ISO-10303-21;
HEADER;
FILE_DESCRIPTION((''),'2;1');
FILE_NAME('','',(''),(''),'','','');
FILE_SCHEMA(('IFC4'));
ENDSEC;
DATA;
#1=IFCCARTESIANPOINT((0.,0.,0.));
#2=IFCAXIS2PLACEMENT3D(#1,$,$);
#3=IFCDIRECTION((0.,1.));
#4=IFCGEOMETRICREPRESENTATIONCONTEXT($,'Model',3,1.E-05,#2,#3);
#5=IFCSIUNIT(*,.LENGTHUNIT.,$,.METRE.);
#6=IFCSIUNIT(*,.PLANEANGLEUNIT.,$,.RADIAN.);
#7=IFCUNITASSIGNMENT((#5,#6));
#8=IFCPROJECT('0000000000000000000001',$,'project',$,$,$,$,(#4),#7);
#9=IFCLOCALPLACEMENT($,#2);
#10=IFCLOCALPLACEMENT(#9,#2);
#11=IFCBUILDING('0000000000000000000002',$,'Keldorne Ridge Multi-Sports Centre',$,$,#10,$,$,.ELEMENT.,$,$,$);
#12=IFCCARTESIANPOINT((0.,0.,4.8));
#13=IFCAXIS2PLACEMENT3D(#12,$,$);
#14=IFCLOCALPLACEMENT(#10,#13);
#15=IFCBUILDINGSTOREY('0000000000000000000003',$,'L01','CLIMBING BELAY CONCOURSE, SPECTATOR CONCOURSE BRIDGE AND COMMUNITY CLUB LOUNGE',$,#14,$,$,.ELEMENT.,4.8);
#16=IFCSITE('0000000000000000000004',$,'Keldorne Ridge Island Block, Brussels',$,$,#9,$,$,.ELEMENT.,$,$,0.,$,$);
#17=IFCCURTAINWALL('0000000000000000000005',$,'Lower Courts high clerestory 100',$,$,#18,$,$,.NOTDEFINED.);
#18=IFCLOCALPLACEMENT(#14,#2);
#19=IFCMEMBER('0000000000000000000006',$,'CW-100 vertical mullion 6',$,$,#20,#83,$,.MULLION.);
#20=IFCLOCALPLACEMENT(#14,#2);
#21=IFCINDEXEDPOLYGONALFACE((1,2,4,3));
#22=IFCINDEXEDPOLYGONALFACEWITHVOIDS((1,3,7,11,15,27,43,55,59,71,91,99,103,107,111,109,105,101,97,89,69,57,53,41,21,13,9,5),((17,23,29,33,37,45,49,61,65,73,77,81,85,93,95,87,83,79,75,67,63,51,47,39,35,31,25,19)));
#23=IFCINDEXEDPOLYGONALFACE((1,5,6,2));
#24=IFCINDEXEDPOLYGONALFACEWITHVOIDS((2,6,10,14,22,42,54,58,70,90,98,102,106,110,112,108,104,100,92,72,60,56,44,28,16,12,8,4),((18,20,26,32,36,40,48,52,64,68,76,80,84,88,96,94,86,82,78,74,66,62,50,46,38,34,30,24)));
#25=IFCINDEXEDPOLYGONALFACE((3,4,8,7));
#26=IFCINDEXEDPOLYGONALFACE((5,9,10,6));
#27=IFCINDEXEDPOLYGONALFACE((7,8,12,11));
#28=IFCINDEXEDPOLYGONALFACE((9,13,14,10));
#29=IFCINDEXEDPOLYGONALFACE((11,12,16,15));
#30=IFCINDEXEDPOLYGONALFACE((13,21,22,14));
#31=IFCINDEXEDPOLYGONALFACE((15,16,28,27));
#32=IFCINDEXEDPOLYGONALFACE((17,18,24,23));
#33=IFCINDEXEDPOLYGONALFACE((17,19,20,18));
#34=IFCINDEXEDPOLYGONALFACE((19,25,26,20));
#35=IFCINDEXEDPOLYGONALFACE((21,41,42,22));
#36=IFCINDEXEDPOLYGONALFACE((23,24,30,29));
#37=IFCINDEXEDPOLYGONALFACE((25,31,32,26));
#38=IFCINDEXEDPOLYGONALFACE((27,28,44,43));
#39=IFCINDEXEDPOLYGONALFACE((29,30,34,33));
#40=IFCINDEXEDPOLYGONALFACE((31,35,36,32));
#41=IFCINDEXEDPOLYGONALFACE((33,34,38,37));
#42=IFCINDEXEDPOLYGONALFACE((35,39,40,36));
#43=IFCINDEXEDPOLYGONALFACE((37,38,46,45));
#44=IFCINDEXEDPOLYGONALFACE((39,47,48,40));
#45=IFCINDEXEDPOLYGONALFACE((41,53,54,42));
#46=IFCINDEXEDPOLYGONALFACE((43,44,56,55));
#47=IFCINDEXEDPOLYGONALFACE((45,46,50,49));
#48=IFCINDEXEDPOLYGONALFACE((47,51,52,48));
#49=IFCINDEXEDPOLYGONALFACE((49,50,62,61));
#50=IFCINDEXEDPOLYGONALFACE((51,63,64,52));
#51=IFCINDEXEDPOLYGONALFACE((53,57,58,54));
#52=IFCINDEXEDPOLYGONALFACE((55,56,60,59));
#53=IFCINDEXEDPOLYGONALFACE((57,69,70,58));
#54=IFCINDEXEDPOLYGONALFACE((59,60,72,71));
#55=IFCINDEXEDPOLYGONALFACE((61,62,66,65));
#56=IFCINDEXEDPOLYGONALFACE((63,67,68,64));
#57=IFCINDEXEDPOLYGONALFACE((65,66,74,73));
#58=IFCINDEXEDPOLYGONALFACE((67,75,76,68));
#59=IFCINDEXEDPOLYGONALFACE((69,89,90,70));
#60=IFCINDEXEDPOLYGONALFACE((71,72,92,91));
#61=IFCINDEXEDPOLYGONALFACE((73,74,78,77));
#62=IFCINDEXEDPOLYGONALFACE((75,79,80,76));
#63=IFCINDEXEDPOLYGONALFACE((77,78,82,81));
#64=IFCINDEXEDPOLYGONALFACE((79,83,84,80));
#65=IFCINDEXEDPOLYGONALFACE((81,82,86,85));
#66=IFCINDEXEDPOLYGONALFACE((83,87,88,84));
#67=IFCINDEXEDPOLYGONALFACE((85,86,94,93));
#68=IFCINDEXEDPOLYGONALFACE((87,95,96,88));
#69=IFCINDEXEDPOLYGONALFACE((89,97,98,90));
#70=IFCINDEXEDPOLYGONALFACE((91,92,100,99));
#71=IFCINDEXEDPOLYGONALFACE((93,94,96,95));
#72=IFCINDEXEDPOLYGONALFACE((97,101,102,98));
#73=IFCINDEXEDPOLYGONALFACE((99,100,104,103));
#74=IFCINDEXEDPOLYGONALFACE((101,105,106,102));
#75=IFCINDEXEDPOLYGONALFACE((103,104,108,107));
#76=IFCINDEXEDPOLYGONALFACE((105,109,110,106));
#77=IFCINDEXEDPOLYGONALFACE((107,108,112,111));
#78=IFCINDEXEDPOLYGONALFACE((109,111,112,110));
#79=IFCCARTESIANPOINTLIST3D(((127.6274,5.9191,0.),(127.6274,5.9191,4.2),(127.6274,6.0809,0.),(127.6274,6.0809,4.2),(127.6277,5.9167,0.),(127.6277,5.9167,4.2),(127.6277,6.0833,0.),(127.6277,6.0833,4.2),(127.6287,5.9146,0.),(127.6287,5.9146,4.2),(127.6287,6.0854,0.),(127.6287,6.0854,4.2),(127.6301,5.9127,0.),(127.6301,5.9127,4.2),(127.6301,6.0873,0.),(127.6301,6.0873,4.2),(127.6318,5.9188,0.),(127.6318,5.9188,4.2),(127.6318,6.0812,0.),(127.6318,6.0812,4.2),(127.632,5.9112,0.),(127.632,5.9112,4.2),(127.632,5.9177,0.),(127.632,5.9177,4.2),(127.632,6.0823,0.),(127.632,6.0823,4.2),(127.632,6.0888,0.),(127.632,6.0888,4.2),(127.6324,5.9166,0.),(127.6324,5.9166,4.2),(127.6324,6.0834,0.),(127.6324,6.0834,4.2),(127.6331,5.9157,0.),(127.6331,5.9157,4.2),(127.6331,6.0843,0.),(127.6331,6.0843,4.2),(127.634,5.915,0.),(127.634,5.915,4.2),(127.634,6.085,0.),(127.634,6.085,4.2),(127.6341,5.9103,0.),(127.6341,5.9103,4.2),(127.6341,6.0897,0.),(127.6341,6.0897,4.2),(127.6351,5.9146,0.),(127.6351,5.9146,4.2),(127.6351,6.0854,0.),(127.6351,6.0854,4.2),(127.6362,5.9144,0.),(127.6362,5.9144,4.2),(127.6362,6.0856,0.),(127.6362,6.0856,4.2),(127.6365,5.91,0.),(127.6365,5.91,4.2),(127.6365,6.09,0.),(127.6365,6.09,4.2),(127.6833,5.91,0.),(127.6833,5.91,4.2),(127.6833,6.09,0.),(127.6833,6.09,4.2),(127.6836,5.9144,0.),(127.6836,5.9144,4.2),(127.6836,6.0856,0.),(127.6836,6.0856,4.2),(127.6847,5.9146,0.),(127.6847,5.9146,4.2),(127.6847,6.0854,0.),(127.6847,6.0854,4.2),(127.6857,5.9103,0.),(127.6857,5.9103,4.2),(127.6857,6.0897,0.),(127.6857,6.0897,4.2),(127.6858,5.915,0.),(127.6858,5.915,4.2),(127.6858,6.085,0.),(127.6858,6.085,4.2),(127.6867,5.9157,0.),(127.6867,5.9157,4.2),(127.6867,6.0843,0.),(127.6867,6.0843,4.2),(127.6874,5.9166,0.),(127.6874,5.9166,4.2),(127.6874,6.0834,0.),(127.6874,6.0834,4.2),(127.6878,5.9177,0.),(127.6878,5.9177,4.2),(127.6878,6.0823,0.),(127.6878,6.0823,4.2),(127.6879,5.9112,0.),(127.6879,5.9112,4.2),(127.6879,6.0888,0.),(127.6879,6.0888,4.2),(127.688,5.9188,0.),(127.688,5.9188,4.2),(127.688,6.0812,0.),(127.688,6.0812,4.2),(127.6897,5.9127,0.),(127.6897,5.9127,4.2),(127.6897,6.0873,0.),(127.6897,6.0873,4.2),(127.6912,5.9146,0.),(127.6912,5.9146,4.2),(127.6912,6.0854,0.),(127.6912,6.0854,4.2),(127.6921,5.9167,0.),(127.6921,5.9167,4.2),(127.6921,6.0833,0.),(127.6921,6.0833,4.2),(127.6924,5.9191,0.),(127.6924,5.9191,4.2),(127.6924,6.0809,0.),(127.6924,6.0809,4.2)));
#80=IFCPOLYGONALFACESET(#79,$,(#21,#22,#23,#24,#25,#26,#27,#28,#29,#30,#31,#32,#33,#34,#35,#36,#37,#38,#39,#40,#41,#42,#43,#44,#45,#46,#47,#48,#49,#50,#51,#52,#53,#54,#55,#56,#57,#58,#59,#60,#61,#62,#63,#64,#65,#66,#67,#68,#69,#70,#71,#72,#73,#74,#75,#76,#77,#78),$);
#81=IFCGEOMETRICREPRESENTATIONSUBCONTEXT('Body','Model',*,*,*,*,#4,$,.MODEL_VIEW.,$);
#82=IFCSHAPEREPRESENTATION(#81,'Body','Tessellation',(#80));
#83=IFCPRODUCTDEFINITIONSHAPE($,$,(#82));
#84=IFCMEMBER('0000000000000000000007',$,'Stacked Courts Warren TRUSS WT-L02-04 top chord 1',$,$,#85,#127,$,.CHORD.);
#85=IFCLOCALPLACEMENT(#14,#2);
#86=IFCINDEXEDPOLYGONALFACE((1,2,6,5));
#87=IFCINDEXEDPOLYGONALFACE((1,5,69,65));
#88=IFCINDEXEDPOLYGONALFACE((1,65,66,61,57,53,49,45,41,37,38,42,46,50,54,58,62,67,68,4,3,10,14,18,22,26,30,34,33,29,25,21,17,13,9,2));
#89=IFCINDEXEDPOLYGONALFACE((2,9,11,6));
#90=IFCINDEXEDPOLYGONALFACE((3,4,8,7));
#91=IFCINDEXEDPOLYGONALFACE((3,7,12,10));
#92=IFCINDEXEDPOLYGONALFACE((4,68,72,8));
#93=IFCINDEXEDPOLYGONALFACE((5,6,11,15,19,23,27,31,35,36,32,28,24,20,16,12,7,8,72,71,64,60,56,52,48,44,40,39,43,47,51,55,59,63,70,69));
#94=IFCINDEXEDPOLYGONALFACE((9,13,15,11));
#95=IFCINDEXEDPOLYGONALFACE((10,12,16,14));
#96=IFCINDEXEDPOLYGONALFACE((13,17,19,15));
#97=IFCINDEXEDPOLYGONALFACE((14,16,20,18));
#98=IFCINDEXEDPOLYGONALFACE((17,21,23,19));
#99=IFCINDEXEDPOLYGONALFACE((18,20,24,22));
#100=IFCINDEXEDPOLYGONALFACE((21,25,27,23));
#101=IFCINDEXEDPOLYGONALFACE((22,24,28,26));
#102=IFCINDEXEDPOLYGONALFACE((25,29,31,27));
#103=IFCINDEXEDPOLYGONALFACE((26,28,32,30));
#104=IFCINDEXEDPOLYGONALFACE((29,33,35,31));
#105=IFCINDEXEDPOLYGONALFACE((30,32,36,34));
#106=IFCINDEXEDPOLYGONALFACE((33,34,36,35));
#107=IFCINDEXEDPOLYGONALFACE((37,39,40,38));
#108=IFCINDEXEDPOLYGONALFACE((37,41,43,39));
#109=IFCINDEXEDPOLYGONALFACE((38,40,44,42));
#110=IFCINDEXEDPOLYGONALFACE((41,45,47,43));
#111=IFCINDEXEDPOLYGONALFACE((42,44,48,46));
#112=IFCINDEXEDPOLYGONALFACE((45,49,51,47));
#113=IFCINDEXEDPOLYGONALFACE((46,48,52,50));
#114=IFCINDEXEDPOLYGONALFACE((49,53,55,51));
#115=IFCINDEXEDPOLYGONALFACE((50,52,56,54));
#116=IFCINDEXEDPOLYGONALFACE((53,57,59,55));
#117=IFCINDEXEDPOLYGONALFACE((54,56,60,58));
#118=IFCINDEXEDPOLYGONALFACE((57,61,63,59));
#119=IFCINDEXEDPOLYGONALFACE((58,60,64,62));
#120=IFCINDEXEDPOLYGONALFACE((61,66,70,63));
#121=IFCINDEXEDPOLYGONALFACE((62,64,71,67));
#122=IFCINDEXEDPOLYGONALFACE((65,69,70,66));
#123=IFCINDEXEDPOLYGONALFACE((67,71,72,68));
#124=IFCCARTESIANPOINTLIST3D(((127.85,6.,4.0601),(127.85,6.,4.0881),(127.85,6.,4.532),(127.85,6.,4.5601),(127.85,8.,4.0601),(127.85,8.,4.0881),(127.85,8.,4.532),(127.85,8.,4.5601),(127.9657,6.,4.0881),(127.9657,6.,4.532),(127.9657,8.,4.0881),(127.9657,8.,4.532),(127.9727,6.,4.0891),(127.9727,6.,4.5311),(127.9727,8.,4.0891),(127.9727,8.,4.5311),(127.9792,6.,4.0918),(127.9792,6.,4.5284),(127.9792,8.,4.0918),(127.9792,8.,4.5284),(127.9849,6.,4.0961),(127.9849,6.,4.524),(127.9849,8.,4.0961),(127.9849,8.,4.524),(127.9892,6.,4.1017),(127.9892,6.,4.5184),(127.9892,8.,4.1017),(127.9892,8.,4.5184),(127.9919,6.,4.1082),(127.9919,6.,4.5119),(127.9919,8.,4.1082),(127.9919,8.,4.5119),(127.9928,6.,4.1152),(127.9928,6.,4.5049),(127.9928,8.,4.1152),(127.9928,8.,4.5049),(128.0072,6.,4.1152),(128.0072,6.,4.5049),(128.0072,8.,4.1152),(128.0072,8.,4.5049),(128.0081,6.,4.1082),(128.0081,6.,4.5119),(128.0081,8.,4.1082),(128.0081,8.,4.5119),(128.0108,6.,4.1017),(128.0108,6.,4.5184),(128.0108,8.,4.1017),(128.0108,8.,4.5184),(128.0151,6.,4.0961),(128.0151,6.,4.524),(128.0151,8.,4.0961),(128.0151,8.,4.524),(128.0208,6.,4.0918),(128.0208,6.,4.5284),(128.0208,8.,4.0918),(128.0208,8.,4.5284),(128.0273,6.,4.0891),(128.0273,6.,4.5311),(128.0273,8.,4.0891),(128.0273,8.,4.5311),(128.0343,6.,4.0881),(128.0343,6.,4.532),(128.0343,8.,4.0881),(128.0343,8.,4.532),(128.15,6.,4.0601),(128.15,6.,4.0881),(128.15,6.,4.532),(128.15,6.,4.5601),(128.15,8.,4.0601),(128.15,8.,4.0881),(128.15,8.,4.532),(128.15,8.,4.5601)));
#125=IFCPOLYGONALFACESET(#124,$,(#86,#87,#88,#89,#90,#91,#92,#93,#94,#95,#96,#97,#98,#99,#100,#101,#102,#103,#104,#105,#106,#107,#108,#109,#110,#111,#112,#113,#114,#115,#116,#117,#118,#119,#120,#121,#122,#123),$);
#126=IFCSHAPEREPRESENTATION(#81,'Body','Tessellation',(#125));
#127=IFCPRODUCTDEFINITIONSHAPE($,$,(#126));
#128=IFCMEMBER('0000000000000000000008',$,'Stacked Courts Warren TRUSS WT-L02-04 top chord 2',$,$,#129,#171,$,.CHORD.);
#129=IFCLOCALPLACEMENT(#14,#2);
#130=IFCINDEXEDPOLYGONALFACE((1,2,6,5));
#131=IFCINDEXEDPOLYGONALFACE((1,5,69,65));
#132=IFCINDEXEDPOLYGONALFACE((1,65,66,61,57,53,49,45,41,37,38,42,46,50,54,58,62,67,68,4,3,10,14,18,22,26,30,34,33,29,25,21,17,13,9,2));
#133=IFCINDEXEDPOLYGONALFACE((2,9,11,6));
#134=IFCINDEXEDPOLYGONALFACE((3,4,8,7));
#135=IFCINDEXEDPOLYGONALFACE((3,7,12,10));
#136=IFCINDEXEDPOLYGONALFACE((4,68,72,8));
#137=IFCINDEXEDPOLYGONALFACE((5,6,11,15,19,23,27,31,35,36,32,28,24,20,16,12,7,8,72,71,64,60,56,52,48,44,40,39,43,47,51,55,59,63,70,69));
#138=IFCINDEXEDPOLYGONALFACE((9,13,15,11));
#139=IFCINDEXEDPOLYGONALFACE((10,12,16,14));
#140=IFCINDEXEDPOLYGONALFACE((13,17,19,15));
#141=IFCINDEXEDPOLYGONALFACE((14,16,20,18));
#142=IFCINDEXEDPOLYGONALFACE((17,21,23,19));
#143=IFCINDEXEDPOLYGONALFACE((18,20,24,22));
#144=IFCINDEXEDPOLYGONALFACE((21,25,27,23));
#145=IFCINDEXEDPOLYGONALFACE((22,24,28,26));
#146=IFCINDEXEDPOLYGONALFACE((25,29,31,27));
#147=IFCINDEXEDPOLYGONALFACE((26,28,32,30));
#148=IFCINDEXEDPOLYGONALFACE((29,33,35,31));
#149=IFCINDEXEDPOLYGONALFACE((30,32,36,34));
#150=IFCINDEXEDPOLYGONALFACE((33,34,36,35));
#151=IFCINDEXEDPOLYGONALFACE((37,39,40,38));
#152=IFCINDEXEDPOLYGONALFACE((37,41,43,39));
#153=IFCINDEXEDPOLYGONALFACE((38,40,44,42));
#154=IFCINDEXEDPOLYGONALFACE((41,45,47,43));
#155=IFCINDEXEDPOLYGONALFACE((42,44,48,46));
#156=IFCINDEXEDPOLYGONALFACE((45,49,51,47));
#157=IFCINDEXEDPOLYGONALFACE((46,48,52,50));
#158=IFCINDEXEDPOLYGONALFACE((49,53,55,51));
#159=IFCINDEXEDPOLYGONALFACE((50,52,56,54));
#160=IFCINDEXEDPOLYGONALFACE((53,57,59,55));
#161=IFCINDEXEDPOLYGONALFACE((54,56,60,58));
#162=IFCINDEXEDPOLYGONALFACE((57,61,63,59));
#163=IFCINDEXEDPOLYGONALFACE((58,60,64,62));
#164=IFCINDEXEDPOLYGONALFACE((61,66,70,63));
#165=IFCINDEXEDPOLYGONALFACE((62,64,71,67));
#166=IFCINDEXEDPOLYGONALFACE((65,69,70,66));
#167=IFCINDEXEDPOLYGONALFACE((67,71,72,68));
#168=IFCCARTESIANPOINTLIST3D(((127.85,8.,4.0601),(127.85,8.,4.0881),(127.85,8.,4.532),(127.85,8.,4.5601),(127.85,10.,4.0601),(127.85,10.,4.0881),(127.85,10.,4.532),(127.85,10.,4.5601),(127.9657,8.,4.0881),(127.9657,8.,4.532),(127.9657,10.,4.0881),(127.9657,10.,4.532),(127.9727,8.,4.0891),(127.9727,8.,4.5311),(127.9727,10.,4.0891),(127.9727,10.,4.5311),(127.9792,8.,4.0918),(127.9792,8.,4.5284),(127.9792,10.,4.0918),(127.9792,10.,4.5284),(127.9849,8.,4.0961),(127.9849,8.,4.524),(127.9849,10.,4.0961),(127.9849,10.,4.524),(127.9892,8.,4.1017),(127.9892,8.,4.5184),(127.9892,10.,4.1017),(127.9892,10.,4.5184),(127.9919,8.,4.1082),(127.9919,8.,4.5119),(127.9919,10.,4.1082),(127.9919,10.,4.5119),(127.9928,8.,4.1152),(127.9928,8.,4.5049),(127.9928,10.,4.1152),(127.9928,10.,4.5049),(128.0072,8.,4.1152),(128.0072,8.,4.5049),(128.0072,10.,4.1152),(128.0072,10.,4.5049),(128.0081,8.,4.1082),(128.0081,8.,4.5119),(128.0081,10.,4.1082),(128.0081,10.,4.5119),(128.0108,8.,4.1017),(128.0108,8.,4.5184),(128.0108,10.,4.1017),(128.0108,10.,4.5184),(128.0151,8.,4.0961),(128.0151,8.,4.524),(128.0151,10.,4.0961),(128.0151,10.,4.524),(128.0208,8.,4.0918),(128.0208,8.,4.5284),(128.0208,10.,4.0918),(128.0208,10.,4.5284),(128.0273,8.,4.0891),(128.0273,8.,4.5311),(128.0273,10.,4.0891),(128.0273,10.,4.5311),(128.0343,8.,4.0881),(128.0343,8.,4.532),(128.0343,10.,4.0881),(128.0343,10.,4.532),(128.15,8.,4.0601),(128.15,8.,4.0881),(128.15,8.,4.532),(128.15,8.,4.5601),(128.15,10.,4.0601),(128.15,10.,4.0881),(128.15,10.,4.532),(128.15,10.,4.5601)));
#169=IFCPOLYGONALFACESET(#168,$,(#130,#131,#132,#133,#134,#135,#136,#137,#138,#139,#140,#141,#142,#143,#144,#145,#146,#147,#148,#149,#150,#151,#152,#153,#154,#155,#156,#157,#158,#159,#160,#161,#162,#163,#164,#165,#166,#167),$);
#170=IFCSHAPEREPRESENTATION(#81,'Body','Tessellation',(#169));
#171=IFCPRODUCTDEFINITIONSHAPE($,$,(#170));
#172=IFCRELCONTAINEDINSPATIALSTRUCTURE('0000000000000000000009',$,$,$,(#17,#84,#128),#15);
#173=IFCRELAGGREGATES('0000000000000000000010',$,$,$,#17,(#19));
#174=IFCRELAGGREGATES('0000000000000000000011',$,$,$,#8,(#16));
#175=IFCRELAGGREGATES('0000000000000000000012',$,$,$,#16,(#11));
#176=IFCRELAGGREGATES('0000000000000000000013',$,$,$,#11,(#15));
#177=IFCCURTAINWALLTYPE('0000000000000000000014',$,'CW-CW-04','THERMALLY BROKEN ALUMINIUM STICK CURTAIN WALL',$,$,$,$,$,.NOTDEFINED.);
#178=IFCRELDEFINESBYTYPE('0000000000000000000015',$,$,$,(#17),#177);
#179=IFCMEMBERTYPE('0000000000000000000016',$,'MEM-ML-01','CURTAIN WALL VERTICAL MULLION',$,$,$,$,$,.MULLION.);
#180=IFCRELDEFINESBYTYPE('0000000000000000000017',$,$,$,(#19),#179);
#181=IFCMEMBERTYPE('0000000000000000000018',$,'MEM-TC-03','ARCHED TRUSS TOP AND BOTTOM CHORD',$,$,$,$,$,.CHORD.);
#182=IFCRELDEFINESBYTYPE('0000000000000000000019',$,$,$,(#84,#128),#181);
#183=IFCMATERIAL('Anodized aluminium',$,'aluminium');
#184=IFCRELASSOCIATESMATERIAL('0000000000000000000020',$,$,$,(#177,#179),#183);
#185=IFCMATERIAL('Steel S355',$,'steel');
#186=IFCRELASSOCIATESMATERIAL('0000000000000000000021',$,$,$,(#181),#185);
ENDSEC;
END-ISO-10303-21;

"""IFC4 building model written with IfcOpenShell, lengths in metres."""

from ifc_helpers import new_model, si_unit, direction, frame, origin, origin_2d, place, context, subcontext, project, spatial, hollow_rectangle, i_section, extrude, material, material_profile, profile_set, type_object, element, aggregate, save


model = new_model("IFC4")

# Units and contexts
model_context = context("Model", 3, precision=1e-05, world=origin(), true_north=direction((0.0, 1.0)))
body_context = subcontext(model_context, "Body", "Model", "MODEL_VIEW")
ifc_project = project(units=[si_unit("LENGTHUNIT", "METRE"), si_unit("PLANEANGLEUNIT", "RADIAN")], contexts=[model_context])

# Site, building, storey
site_placement = place(None, origin())
site = spatial("IfcSite", under=ifc_project, at=site_placement, Name="Keldorne Ridge Island Block, Brussels", CompositionType="ELEMENT", RefElevation=0.0)
building_placement = place(site_placement, origin())
building = spatial("IfcBuilding", under=site, at=building_placement, Name="Keldorne Ridge Multi-Sports Centre", CompositionType="ELEMENT")
storey_placement = place(building_placement, frame((0.0, 0.0, 4.8)))
storey = spatial("IfcBuildingStorey", under=building, at=storey_placement, Name="L01", Description="CLIMBING BELAY CONCOURSE, SPECTATOR CONCOURSE BRIDGE AND COMMUNITY CLUB LOUNGE", CompositionType="ELEMENT", Elevation=4.8)

# Shared definitions
ifc_material_1 = material(Name="Steel S355", Category="steel")

# Curtain wall, member
ifc_material_2 = material(Name="Anodized aluminium", Category="aluminium")
curtain_wall_type = type_object("IfcCurtainWallType", Name="CW-CW-04", Description="THERMALLY BROKEN ALUMINIUM STICK CURTAIN WALL", PredefinedType="NOTDEFINED", material=ifc_material_2)
curtain_wall_placement = place(storey_placement, origin())
curtain_wall = element("IfcCurtainWall", 1, at=curtain_wall_placement, inside=storey, type_object=curtain_wall_type, Name="Lower Courts high clerestory 100", PredefinedType="NOTDEFINED")
ifc_material_profile_1 = material_profile(ifc_material_2, hollow_rectangle(XDim=0.0649, YDim=0.1799, WallThickness=0.0044, InnerFilletRadius=0.0044, OuterFilletRadius=0.009, at=origin_2d()), Name="ALU MULLION 180x65x4.5")
ifc_profile_set_1 = profile_set([ifc_material_profile_1], Name="Anodized aluminium")
member_type_1 = type_object("IfcMemberType", Name="MEM-ML-01", Description="CURTAIN WALL VERTICAL MULLION", PredefinedType="MULLION", material=ifc_profile_set_1)
member_1_placement = place(storey_placement, frame((127.6599, 6.0, 0.0), z_axis=(0.0, 0.0, 1.0), x_axis=(1.0, 0.0, 0.0)))
member_1 = element("IfcMember", 2, at=member_1_placement, type_object=member_type_1, Name="CW-100 vertical mullion 6", PredefinedType="MULLION", context=body_context, shape_type="SweptSolid", body=[
    extrude(hollow_rectangle(XDim=0.0649, YDim=0.1799, WallThickness=0.0044, InnerFilletRadius=0.0044, OuterFilletRadius=0.009, at=origin_2d()), origin(), (0.0, 0.0, 1.0), 4.2),
])

# Members
ifc_material_profile_2 = material_profile(ifc_material_1, i_section(OverallWidth=0.3, OverallDepth=0.5, WebThickness=0.0144, FlangeThickness=0.0281, FilletRadius=0.0271, at=origin_2d()), Name="HEB 500")
ifc_profile_set_2 = profile_set([ifc_material_profile_2], Name="Steel S355")
member_type_2 = type_object("IfcMemberType", Name="MEM-TC-03", Description="ARCHED TRUSS TOP AND BOTTOM CHORD", PredefinedType="CHORD", material=ifc_profile_set_2)
for number, where, z_axis, x_axis, name in (
    (3, (128.0, 6.0, 4.3101), (0.0, 1.0, 0.0), (-1.0, 0.0, 0.0), "Stacked Courts Warren TRUSS WT-L02-04 top chord 1"),
    (4, (128.0, 8.0, 4.3101), (0.0, 1.0, 0.0), (-1.0, 0.0, 0.0), "Stacked Courts Warren TRUSS WT-L02-04 top chord 2"),
):
    element("IfcMember", number, at=place(storey_placement, frame(where, z_axis=z_axis, x_axis=x_axis)), inside=storey, type_object=member_type_2, Name=name, PredefinedType="CHORD", context=body_context, shape_type="SweptSolid", body=[
        extrude(i_section(OverallWidth=0.3, OverallDepth=0.5, WebThickness=0.0144, FlangeThickness=0.0281, FilletRadius=0.0271, at=origin_2d()), origin(), (0.0, 0.0, 1.0), 2.0),
    ])

aggregate(curtain_wall, [member_1])

save(model, "model.ifc")
